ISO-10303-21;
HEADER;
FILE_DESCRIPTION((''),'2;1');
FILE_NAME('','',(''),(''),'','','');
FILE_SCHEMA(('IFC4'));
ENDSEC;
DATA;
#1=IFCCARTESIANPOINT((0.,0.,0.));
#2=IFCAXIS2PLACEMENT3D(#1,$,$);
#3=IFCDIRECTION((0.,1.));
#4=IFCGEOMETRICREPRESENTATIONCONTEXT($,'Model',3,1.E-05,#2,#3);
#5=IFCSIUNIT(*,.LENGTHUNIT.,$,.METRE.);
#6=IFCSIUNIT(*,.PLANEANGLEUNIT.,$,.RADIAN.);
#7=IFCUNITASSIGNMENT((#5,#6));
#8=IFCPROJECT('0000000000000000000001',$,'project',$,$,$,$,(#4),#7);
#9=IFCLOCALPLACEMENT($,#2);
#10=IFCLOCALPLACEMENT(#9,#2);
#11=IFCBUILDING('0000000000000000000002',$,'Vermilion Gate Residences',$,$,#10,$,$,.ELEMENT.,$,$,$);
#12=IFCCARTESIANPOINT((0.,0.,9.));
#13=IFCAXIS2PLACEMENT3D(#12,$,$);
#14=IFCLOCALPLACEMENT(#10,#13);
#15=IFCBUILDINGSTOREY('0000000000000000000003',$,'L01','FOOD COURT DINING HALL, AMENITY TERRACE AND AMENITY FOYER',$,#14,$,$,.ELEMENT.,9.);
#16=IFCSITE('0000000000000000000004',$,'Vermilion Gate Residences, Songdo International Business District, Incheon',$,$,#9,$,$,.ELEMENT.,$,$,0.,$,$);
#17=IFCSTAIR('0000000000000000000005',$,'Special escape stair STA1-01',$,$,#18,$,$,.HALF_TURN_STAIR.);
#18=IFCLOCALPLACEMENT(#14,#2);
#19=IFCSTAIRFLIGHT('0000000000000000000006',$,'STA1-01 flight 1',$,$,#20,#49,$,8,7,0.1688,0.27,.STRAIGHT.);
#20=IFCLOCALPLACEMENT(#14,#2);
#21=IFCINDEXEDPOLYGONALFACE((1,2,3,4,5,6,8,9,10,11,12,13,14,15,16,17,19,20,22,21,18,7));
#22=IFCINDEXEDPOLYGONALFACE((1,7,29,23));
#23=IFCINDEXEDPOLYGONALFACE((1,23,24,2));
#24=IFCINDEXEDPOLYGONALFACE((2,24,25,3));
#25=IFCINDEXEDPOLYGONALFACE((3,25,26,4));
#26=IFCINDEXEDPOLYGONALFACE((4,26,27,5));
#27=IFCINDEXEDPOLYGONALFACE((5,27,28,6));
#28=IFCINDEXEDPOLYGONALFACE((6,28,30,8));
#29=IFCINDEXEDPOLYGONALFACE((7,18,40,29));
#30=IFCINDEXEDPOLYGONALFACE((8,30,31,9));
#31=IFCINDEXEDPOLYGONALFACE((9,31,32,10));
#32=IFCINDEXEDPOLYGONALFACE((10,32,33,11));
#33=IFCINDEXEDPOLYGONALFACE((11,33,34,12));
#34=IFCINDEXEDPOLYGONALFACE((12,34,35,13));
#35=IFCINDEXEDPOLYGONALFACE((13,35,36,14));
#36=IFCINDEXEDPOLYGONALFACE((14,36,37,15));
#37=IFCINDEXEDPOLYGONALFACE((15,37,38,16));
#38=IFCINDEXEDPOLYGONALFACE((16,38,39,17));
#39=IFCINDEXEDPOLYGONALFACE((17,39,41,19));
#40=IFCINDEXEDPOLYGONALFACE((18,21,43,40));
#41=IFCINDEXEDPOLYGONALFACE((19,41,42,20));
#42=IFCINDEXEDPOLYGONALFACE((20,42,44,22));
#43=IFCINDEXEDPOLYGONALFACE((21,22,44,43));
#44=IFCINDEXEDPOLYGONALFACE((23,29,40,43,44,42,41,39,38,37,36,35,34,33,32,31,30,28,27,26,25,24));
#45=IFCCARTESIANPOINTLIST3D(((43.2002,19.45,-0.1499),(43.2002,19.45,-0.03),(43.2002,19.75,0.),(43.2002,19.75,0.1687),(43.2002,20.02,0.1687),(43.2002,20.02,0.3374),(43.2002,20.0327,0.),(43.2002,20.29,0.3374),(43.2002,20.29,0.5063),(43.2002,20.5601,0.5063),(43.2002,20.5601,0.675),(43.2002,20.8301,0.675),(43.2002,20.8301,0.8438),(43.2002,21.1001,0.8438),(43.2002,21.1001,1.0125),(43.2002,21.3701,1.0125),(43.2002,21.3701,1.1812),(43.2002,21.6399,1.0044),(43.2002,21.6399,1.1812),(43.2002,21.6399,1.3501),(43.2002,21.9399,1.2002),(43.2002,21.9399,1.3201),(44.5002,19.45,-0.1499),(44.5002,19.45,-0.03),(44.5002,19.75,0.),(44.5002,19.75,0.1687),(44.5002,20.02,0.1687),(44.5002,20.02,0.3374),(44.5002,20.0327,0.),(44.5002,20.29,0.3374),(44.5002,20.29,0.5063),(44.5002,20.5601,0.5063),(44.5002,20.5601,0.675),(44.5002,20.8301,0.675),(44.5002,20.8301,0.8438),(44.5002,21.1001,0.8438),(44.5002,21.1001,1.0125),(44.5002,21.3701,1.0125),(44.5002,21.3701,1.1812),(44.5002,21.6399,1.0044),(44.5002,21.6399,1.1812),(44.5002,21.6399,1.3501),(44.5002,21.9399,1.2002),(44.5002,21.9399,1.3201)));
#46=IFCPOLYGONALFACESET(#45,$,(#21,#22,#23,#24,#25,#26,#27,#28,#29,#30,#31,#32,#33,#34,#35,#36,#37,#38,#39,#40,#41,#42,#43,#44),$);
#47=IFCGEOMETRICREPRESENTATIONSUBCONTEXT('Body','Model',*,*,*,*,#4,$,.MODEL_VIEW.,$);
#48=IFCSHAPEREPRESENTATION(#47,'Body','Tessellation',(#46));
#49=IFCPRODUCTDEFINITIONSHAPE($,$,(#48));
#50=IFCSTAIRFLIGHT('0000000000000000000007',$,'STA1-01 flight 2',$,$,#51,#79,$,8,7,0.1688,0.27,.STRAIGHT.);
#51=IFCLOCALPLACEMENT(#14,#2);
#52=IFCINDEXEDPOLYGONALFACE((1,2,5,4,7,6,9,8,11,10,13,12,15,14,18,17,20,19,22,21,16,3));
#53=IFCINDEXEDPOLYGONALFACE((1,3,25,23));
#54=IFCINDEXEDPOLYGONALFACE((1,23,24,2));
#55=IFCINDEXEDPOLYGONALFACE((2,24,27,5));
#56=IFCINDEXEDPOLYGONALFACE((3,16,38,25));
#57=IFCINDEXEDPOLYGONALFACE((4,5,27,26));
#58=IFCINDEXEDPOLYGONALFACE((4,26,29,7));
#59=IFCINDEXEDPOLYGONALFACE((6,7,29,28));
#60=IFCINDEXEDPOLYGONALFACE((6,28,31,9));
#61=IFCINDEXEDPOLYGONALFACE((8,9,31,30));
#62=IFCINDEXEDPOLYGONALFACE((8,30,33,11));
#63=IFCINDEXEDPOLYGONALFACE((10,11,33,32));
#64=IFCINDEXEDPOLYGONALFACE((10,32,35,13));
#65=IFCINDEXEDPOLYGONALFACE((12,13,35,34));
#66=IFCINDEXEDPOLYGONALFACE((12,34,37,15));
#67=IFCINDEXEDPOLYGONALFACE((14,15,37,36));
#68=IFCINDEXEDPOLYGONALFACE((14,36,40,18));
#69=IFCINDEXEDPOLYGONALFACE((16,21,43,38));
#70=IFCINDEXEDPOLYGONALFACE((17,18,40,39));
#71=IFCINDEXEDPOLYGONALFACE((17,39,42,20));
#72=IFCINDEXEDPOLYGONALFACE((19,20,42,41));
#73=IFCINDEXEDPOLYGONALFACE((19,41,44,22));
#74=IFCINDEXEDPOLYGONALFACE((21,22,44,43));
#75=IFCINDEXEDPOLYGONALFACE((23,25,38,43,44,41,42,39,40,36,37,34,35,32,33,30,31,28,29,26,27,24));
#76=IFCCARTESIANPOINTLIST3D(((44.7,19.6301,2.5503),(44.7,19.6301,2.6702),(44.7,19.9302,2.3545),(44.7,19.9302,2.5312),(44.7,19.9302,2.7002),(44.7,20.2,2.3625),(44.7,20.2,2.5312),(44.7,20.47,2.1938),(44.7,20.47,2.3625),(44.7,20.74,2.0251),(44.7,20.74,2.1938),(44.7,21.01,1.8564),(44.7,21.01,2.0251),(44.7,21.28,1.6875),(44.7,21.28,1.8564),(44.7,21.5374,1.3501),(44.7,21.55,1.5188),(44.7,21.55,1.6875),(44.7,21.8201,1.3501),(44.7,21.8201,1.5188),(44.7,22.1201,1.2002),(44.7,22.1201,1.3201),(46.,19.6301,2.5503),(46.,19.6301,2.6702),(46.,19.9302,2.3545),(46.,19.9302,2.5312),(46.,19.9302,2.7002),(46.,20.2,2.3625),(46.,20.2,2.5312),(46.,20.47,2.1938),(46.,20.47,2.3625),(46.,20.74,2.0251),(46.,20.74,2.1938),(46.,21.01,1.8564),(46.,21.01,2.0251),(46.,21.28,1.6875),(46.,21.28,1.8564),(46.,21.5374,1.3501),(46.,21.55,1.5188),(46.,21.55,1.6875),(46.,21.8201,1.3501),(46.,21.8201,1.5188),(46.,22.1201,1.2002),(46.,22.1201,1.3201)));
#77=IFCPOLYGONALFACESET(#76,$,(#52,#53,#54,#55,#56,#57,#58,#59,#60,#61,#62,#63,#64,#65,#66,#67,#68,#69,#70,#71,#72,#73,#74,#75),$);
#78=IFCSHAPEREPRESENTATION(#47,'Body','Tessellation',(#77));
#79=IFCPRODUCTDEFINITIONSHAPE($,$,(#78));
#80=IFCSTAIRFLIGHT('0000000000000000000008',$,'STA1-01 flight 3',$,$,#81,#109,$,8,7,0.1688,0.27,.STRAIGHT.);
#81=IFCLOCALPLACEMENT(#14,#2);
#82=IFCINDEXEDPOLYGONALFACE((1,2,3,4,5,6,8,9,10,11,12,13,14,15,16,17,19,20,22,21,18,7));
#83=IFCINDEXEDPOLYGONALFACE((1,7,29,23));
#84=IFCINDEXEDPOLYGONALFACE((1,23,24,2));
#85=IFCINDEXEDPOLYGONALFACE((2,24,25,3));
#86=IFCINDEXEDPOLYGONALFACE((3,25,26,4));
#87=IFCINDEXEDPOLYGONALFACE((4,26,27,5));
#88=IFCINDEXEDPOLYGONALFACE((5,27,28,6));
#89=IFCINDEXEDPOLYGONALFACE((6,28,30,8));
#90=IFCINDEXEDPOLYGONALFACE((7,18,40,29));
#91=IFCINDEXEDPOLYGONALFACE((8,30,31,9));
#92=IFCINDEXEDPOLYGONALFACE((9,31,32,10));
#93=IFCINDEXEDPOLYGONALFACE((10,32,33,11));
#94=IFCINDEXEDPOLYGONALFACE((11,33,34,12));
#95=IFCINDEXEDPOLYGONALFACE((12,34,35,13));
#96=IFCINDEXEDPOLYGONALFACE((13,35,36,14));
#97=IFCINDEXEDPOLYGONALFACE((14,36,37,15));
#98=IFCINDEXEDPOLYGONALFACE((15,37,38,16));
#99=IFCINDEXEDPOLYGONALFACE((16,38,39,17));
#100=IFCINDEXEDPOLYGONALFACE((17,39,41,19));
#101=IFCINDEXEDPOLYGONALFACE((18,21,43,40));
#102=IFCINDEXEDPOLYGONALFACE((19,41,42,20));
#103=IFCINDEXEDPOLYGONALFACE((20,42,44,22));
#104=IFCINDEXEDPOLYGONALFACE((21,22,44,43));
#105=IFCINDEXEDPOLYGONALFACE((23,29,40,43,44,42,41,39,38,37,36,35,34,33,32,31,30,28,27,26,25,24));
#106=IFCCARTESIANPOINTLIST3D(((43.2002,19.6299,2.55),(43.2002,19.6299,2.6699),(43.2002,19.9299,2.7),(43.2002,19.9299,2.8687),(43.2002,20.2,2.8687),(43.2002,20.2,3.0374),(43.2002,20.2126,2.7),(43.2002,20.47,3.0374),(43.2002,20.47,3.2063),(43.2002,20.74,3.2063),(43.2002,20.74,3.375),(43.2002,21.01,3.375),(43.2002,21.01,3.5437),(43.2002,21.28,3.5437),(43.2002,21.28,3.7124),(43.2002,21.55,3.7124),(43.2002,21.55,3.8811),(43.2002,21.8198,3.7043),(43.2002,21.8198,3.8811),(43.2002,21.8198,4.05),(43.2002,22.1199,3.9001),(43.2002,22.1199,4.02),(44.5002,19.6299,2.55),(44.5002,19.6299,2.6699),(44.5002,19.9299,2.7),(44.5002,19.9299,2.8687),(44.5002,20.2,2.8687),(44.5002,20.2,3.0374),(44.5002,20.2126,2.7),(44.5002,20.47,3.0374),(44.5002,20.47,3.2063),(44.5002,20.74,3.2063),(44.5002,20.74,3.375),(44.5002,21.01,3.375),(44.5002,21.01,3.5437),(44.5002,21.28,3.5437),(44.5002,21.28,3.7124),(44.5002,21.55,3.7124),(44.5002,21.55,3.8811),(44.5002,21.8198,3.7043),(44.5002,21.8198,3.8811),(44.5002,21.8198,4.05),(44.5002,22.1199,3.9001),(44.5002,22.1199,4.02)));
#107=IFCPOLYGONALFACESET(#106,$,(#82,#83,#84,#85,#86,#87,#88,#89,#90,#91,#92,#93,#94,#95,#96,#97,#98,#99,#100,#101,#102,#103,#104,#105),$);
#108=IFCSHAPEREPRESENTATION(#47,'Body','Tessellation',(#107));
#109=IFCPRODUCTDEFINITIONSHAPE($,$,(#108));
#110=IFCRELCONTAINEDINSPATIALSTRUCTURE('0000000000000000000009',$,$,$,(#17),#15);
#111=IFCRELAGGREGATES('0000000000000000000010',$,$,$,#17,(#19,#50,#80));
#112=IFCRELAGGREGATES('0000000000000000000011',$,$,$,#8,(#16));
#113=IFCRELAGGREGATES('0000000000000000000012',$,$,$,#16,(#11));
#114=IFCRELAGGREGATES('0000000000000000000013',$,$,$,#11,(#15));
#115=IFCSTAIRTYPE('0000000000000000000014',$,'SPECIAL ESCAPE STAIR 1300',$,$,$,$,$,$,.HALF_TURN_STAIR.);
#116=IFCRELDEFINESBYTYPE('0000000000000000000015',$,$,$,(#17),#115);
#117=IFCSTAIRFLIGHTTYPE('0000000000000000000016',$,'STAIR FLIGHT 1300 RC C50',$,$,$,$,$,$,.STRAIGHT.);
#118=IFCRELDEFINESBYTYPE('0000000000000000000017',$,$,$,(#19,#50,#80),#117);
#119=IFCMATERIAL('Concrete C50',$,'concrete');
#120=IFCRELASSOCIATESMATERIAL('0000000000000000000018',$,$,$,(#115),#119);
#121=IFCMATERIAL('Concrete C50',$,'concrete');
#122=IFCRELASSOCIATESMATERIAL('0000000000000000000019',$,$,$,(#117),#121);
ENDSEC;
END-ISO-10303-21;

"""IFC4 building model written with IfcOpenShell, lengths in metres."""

from ifc_helpers import new_model, si_unit, direction, frame, origin, place, context, subcontext, project, spatial, polyline, outline, extrude, material, type_object, element, aggregate, save


model = new_model("IFC4")

# Units and contexts
model_context = context("Model", 3, precision=1e-05, world=origin(), true_north=direction((0.0, 1.0)))
body_context = subcontext(model_context, "Body", "Model", "MODEL_VIEW")
ifc_project = project(units=[si_unit("LENGTHUNIT", "METRE"), si_unit("PLANEANGLEUNIT", "RADIAN")], contexts=[model_context])

# Site, building, storey
site_placement = place(None, origin())
site = spatial("IfcSite", under=ifc_project, at=site_placement, Name="Vermilion Gate Residences, Songdo International Business District, Incheon", CompositionType="ELEMENT", RefElevation=0.0)
building_placement = place(site_placement, origin())
building = spatial("IfcBuilding", under=site, at=building_placement, Name="Vermilion Gate Residences", CompositionType="ELEMENT")
storey_placement = place(building_placement, frame((0.0, 0.0, 9.0)))
storey = spatial("IfcBuildingStorey", under=building, at=storey_placement, Name="L01", Description="FOOD COURT DINING HALL, AMENITY TERRACE AND AMENITY FOYER", CompositionType="ELEMENT", Elevation=9.0)

# Stair, stair flights
ifc_material_1 = material(Name="Concrete C50", Category="concrete")
stair_type = type_object("IfcStairType", Name="SPECIAL ESCAPE STAIR 1300", PredefinedType="HALF_TURN_STAIR", material=ifc_material_1)
stair_placement = place(storey_placement, origin())
stair = element("IfcStair", 1, at=stair_placement, inside=storey, type_object=stair_type, Name="Special escape stair STA1-01", PredefinedType="HALF_TURN_STAIR")
ifc_material_2 = material(Name="Concrete C50", Category="concrete")
stair_flight_type = type_object("IfcStairFlightType", Name="STAIR FLIGHT 1300 RC C50", PredefinedType="STRAIGHT", material=ifc_material_2)
stair_flight_1_placement = place(storey_placement, frame((43.8501, 19.75, 0.0), z_axis=(0.0, 0.0, 1.0), x_axis=(0.0, 1.0, 0.0)))
stair_flight_1 = element("IfcStairFlight", 2, at=stair_flight_1_placement, type_object=stair_flight_type, Name="STA1-01 flight 1", NumberOfRisers=8, NumberOfTreads=7, PredefinedType="STRAIGHT", RiserHeight=0.1688, TreadLength=0.27, context=body_context, shape_type="SweptSolid", body=[
    extrude(outline(polyline([(-0.3, -0.1499), (-0.3, -0.03), (0.0, 0.0), (0.0, 0.1687), (0.27, 0.1687), (0.27, 0.3374), (0.54, 0.3374), (0.54, 0.5063), (0.8101, 0.5063), (0.8101, 0.675), (1.0801, 0.675), (1.0801, 0.8438), (1.3501, 0.8438), (1.3501, 1.0125), (1.6201, 1.0125), (1.6201, 1.1812), (1.8899, 1.1812), (1.8899, 1.3501), (2.1899, 1.3201), (2.1899, 1.2002), (1.8899, 1.0044), (0.2827, 0.0), (-0.3, -0.1499)])), frame((0.0, 0.6499, 0.0), z_axis=(0.0, -1.0, 0.0), x_axis=(1.0, 0.0, 0.0)), (0.0, 0.0, 1.0), 1.3),
])
stair_flight_2_placement = place(storey_placement, frame((45.3501, 21.8201, 1.3501), z_axis=(0.0, 0.0, 1.0), x_axis=(0.0, -1.0, 0.0)))
stair_flight_2 = element("IfcStairFlight", 3, at=stair_flight_2_placement, type_object=stair_flight_type, Name="STA1-01 flight 2", NumberOfRisers=8, NumberOfTreads=7, PredefinedType="STRAIGHT", RiserHeight=0.1688, TreadLength=0.27, context=body_context, shape_type="SweptSolid", body=[
    extrude(outline(polyline([(-0.3, -0.1499), (-0.3, -0.03), (0.0, 0.0), (0.0, 0.1687), (0.27, 0.1687), (0.27, 0.3374), (0.54, 0.3374), (0.54, 0.5063), (0.8101, 0.5063), (0.8101, 0.675), (1.0801, 0.675), (1.0801, 0.8438), (1.3501, 0.8438), (1.3501, 1.0125), (1.6201, 1.0125), (1.6201, 1.1812), (1.8899, 1.1812), (1.8899, 1.3501), (2.1899, 1.3201), (2.1899, 1.2002), (1.8899, 1.0044), (0.2827, 0.0), (-0.3, -0.1499)])), frame((0.0, 0.6499, 0.0), z_axis=(0.0, -1.0, 0.0), x_axis=(1.0, 0.0, 0.0)), (0.0, 0.0, 1.0), 1.3),
])
stair_flight_3_placement = place(storey_placement, frame((43.8501, 19.9299, 2.7), z_axis=(0.0, 0.0, 1.0), x_axis=(0.0, 1.0, 0.0)))
stair_flight_3 = element("IfcStairFlight", 4, at=stair_flight_3_placement, type_object=stair_flight_type, Name="STA1-01 flight 3", NumberOfRisers=8, NumberOfTreads=7, PredefinedType="STRAIGHT", RiserHeight=0.1688, TreadLength=0.27, context=body_context, shape_type="SweptSolid", body=[
    extrude(outline(polyline([(-0.3, -0.1499), (-0.3, -0.03), (0.0, 0.0), (0.0, 0.1687), (0.27, 0.1687), (0.27, 0.3374), (0.54, 0.3374), (0.54, 0.5063), (0.8101, 0.5063), (0.8101, 0.675), (1.0801, 0.675), (1.0801, 0.8438), (1.3501, 0.8438), (1.3501, 1.0125), (1.6201, 1.0125), (1.6201, 1.1812), (1.8899, 1.1812), (1.8899, 1.3501), (2.1899, 1.3201), (2.1899, 1.2002), (1.8899, 1.0044), (0.2827, 0.0), (-0.3, -0.1499)])), frame((0.0, 0.6499, 0.0), z_axis=(0.0, -1.0, 0.0), x_axis=(1.0, 0.0, 0.0)), (0.0, 0.0, 1.0), 1.3),
])
aggregate(stair, [stair_flight_1, stair_flight_2, stair_flight_3])

save(model, "model.ifc")
